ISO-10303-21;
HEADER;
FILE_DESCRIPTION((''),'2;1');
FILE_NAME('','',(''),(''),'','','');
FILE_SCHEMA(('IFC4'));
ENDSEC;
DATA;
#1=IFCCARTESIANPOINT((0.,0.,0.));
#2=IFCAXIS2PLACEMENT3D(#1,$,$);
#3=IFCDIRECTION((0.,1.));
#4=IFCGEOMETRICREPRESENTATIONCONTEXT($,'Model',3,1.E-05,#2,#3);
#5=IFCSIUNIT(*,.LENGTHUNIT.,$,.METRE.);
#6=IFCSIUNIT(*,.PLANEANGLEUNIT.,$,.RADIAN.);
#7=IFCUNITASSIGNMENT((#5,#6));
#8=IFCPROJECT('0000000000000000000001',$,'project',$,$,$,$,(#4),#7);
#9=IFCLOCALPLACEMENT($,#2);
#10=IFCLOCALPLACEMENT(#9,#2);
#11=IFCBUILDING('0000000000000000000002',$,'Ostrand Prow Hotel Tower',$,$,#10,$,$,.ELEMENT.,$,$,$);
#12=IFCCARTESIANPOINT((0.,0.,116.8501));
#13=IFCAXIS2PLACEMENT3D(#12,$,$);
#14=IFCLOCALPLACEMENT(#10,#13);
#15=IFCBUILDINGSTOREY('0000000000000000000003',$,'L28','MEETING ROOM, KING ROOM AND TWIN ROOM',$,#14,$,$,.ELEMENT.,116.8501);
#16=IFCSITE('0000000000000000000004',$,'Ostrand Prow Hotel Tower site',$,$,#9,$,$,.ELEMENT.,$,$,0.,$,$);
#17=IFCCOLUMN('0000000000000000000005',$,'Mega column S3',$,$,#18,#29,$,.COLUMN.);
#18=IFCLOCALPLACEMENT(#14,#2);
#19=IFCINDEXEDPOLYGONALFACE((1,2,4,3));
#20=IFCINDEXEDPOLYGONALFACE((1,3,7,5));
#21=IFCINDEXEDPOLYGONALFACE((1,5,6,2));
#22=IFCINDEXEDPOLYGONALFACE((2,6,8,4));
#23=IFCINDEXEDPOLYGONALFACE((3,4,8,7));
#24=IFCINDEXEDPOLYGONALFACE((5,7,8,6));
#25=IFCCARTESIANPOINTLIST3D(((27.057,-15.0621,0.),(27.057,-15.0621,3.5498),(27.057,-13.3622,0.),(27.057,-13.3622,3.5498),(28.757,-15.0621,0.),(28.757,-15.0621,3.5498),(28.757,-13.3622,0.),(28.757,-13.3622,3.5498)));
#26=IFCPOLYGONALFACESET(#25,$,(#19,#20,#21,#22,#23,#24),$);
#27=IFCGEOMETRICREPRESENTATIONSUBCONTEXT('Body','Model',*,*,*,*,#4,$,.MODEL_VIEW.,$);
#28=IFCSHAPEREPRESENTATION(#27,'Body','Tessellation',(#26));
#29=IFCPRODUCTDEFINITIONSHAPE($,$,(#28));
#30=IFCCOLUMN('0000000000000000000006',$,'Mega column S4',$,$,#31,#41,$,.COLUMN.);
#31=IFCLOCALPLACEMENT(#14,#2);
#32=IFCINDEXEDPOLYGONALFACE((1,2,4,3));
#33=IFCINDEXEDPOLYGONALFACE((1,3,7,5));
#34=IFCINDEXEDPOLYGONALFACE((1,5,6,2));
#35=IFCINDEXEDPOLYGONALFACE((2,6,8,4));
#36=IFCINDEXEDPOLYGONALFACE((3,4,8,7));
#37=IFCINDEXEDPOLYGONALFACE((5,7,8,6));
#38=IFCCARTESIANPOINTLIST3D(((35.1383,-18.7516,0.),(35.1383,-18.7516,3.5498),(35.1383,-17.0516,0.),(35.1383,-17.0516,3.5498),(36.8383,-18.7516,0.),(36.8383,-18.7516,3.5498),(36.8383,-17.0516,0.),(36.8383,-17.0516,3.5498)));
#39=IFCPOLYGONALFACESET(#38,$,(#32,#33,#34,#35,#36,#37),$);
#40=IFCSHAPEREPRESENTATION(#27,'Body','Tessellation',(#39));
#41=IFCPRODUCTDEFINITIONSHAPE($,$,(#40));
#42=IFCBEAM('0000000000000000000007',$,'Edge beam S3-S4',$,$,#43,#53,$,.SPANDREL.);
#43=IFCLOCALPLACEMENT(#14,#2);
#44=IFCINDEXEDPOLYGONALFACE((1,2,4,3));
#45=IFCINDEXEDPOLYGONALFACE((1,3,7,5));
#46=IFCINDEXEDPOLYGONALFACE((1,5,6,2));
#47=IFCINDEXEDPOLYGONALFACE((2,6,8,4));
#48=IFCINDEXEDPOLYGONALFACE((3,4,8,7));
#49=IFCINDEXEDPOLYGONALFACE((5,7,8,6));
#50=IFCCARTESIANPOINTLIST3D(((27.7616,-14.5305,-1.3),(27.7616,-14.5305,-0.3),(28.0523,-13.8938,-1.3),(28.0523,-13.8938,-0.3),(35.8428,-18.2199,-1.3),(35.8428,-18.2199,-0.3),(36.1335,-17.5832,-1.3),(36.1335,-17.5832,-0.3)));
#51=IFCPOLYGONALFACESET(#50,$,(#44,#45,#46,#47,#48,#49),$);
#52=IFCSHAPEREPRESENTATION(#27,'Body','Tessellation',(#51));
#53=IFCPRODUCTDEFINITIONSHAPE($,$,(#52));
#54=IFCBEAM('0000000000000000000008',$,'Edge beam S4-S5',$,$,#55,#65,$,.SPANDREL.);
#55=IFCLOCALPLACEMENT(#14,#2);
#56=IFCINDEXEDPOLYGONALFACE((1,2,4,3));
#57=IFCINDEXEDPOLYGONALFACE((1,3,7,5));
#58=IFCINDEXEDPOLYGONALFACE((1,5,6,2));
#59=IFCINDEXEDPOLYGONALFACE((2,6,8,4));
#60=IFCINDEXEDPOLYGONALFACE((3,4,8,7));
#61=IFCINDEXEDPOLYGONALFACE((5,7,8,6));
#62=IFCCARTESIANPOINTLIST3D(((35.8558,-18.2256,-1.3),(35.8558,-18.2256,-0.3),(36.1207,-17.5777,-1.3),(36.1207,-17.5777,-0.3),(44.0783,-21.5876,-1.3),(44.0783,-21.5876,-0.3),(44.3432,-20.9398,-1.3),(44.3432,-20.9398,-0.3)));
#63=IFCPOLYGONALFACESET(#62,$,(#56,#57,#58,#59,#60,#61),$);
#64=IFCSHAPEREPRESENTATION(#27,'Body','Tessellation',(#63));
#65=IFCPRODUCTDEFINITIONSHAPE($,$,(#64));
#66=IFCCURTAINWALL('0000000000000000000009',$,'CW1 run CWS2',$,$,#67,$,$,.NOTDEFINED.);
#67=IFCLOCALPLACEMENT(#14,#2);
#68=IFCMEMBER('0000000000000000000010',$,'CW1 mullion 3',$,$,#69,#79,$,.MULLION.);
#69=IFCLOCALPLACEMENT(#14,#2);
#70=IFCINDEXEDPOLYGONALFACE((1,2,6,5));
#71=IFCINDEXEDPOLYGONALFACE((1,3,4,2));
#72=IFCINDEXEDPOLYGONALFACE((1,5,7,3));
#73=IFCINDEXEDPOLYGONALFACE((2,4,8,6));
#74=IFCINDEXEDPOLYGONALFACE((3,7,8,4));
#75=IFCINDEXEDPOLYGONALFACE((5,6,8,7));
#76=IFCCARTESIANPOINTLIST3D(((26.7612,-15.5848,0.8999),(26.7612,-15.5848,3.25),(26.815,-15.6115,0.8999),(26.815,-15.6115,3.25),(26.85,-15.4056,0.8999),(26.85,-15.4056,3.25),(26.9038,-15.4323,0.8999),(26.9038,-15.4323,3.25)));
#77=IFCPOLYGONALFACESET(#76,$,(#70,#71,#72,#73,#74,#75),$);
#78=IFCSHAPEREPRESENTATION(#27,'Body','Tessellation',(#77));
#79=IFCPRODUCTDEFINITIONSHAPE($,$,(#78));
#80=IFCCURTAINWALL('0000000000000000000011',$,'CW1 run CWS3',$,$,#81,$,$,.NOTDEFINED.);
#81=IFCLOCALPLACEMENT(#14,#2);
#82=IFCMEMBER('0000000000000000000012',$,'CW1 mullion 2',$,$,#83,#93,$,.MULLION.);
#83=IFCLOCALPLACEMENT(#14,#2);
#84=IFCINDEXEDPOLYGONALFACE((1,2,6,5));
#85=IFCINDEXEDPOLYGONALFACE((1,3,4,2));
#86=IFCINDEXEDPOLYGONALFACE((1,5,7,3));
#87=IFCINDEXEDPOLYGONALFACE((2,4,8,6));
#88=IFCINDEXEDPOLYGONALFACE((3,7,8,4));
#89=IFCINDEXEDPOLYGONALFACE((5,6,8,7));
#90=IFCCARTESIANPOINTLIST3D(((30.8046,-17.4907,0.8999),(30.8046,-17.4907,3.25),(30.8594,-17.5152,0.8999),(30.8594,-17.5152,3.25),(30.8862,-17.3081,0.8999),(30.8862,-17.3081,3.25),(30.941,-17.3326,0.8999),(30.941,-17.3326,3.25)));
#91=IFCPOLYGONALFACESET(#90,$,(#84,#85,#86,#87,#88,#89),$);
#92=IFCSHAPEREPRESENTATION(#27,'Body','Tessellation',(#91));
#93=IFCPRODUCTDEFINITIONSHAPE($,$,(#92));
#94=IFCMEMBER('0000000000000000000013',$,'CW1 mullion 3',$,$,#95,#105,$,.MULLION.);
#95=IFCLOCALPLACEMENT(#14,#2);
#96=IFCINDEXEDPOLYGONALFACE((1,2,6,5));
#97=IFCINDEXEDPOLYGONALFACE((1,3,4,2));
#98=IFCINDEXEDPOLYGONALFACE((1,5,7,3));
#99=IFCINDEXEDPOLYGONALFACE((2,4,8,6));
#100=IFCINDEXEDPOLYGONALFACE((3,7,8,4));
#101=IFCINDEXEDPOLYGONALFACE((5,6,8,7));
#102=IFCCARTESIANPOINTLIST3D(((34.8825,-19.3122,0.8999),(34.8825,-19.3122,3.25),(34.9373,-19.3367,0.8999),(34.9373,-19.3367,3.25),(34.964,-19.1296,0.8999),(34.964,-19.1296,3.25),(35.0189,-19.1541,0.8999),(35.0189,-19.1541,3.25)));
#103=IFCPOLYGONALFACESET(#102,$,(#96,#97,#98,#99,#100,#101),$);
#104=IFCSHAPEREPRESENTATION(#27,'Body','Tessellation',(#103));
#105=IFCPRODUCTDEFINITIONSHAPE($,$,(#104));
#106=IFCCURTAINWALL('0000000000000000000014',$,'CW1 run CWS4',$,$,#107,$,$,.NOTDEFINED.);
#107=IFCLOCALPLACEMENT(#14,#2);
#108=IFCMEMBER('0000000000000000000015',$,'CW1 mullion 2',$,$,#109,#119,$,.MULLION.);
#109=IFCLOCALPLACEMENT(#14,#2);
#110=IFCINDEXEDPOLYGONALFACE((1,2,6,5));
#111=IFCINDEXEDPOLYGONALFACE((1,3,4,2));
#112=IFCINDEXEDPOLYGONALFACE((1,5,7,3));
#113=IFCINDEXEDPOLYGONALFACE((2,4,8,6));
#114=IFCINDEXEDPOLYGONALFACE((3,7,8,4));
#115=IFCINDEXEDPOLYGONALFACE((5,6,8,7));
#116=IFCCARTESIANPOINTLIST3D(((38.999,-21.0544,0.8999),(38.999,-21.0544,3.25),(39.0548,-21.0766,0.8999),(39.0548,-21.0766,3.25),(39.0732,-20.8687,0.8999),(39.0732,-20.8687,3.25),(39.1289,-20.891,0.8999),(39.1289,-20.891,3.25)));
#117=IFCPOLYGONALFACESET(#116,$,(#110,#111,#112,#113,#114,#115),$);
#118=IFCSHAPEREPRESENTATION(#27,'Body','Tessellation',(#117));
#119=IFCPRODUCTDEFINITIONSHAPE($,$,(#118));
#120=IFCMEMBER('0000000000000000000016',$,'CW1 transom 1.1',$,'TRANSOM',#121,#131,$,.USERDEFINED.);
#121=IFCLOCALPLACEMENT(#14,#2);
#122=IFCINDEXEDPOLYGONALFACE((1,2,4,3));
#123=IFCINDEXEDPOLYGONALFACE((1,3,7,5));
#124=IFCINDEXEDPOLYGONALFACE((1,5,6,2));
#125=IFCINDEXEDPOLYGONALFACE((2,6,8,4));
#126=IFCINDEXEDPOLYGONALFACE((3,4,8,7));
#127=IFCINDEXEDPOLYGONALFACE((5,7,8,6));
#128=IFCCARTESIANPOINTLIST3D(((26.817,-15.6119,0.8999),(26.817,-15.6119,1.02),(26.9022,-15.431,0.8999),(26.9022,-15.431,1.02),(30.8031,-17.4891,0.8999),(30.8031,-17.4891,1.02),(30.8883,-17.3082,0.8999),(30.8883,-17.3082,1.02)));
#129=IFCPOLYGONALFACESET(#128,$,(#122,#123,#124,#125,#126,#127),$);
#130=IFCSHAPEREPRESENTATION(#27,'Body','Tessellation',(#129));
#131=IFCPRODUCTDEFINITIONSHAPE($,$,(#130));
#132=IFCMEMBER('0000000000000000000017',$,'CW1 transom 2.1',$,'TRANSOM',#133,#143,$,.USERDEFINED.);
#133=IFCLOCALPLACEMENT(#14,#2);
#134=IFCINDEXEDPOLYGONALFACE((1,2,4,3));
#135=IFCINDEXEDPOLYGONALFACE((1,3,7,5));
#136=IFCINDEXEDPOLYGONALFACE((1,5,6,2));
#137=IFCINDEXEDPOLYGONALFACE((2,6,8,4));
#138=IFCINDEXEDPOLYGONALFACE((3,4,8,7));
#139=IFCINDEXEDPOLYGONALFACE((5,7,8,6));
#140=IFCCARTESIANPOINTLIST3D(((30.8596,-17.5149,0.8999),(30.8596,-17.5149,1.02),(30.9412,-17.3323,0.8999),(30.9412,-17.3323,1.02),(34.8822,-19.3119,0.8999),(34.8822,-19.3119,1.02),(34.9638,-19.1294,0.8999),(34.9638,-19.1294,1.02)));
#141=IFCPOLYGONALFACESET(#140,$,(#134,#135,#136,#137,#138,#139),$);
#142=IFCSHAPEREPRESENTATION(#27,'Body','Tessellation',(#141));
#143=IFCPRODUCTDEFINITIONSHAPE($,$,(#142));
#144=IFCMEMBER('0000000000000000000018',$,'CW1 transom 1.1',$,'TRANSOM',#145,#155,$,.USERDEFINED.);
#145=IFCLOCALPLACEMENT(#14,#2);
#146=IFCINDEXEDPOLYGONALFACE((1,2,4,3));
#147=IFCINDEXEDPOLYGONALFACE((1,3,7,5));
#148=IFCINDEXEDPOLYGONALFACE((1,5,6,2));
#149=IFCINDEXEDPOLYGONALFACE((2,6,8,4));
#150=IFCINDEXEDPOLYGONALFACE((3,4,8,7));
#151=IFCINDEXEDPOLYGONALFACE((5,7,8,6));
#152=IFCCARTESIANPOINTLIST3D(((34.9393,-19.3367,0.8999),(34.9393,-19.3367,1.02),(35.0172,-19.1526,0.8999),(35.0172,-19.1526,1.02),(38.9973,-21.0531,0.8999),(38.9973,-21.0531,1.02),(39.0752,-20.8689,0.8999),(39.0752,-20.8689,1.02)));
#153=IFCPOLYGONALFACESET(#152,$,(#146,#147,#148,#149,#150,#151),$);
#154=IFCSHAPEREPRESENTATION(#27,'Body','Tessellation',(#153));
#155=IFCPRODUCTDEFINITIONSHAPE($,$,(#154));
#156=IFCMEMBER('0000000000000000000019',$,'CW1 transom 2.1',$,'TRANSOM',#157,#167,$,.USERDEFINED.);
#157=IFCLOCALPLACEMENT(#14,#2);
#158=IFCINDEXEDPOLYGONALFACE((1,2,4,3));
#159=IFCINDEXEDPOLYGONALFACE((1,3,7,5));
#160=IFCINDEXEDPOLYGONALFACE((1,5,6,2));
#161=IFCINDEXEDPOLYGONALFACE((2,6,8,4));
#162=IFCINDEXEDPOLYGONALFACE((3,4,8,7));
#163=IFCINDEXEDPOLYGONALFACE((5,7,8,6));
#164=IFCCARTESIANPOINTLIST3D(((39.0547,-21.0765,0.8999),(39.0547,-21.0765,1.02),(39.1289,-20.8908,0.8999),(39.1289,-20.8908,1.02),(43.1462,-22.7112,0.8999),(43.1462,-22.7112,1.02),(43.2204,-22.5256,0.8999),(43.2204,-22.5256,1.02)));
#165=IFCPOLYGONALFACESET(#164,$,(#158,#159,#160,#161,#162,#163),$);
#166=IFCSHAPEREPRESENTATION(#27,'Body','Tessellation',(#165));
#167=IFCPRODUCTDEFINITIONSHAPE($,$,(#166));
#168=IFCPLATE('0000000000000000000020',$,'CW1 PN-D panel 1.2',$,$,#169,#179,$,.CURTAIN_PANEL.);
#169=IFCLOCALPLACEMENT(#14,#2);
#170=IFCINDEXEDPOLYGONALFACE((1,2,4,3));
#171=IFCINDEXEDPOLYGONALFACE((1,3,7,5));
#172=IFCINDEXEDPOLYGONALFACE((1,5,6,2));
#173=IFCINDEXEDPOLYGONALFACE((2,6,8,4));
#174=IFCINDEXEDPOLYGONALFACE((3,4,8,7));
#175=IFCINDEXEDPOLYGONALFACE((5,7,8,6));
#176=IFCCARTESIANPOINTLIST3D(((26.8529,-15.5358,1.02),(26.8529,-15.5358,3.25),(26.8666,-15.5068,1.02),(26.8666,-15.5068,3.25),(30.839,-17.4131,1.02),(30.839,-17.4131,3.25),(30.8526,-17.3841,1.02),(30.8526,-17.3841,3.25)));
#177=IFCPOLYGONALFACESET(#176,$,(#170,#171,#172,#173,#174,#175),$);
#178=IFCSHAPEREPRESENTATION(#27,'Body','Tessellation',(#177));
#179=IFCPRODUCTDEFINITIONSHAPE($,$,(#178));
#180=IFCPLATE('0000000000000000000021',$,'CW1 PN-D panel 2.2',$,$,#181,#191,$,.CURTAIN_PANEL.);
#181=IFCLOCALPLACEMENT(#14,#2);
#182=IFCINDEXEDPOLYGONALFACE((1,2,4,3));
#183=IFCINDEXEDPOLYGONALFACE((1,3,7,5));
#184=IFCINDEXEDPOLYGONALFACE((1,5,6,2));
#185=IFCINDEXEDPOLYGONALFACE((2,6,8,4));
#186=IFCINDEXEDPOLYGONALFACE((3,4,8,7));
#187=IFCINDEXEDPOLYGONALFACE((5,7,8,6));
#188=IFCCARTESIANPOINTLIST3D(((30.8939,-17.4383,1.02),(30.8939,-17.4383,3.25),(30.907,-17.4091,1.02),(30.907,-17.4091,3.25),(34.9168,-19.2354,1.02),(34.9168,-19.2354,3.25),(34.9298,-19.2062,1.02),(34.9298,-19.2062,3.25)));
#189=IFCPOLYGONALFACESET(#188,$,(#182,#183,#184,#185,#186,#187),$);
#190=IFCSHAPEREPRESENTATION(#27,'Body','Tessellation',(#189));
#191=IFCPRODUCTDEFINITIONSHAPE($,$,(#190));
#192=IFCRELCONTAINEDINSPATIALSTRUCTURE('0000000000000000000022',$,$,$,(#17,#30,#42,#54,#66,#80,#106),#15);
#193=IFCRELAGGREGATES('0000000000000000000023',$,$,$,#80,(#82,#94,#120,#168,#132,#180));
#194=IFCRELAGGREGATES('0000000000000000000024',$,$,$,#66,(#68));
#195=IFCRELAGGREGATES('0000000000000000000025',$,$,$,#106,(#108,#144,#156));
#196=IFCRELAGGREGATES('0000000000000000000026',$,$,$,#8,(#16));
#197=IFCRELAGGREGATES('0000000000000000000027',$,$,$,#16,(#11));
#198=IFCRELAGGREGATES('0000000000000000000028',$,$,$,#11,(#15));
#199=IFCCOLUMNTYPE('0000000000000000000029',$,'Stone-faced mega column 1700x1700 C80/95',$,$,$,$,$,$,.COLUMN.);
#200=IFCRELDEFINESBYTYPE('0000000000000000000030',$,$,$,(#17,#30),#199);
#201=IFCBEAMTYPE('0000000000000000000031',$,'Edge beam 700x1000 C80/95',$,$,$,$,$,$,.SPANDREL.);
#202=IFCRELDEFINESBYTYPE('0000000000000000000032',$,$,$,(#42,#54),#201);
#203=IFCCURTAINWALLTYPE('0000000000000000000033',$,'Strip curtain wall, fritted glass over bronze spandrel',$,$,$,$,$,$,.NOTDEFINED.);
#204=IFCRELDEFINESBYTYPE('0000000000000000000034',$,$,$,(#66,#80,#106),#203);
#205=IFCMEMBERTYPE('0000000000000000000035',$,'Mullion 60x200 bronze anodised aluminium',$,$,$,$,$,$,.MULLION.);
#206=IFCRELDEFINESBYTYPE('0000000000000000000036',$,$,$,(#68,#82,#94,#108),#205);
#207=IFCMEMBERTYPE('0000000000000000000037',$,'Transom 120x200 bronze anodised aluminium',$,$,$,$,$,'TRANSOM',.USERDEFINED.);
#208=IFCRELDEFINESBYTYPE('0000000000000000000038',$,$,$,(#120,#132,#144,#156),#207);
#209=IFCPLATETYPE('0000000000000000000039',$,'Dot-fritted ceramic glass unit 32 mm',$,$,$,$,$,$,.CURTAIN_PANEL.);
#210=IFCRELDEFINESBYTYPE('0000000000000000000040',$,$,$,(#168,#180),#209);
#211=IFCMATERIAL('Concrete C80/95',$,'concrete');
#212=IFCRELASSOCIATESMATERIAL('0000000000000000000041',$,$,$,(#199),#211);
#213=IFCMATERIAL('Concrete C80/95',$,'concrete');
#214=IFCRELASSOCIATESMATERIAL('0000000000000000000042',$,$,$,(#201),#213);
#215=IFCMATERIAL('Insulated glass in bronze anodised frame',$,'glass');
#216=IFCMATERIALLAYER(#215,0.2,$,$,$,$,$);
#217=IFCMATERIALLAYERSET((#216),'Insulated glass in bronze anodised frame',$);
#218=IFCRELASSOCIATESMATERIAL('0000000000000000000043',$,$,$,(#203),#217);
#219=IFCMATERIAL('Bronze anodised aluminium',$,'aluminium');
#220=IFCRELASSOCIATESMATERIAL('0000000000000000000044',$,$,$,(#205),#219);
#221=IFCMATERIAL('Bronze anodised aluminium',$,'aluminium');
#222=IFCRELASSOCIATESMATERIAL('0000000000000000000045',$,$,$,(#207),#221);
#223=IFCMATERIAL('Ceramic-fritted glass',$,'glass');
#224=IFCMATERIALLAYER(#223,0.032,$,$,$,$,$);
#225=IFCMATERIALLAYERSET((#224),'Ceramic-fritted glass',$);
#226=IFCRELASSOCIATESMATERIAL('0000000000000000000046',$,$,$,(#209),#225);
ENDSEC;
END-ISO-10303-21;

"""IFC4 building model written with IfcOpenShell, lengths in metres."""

from ifc_helpers import new_model, si_unit, direction, frame, origin, origin_2d, place, context, subcontext, project, spatial, rectangle, extrude, material, layer, layer_set, material_profile, profile_set, type_object, element, aggregate, save


model = new_model("IFC4")

# Units and contexts
model_context = context("Model", 3, precision=1e-05, world=origin(), true_north=direction((0.0, 1.0)))
body_context = subcontext(model_context, "Body", "Model", "MODEL_VIEW")
ifc_project = project(units=[si_unit("LENGTHUNIT", "METRE"), si_unit("PLANEANGLEUNIT", "RADIAN")], contexts=[model_context])

# Site, building, storey
site_placement = place(None, origin())
site = spatial("IfcSite", under=ifc_project, at=site_placement, Name="Ostrand Prow Hotel Tower site", CompositionType="ELEMENT", RefElevation=0.0)
building_placement = place(site_placement, origin())
building = spatial("IfcBuilding", under=site, at=building_placement, Name="Ostrand Prow Hotel Tower", CompositionType="ELEMENT")
storey_placement = place(building_placement, frame((0.0, 0.0, 116.8501)))
storey = spatial("IfcBuildingStorey", under=building, at=storey_placement, Name="L28", Description="MEETING ROOM, KING ROOM AND TWIN ROOM", CompositionType="ELEMENT", Elevation=116.8501)

# Columns
ifc_material_1 = material(Name="Concrete C80/95", Category="concrete")
ifc_material_profile_1 = material_profile(ifc_material_1, rectangle(XDim=1.7, YDim=1.7, at=origin_2d()), Name="RC 1700x1700")
ifc_profile_set_1 = profile_set([ifc_material_profile_1], Name="Concrete C80/95")
column_type = type_object("IfcColumnType", Name="Stone-faced mega column 1700x1700 C80/95", PredefinedType="COLUMN", material=ifc_profile_set_1)
for number, where, z_axis, x_axis, name in (
    (1, (27.907, -14.2122, 0.0), (0.0, 0.0, 1.0), (1.0, 0.0, 0.0), "Mega column S3"),
    (2, (35.9883, -17.9016, 0.0), (0.0, 0.0, 1.0), (1.0, 0.0, 0.0), "Mega column S4"),
):
    element("IfcColumn", number, at=place(storey_placement, frame(where, z_axis=z_axis, x_axis=x_axis)), inside=storey, type_object=column_type, Name=name, PredefinedType="COLUMN", context=body_context, shape_type="SweptSolid", body=[
        extrude(rectangle(XDim=1.7, YDim=1.7, at=origin_2d()), origin(), (0.0, 0.0, 1.0), 3.5498),
    ])

# Beams
ifc_material_2 = material(Name="Concrete C80/95", Category="concrete")
ifc_material_profile_2 = material_profile(ifc_material_2, rectangle(XDim=0.7, YDim=1.0, at=origin_2d()), Name="RC 700x1000")
ifc_profile_set_2 = profile_set([ifc_material_profile_2], Name="Concrete C80/95")
beam_type = type_object("IfcBeamType", Name="Edge beam 700x1000 C80/95", PredefinedType="SPANDREL", material=ifc_profile_set_2)
beam_1_placement = place(storey_placement, frame((27.907, -14.2122, -0.8), z_axis=(0.909681, -0.415308, 0.0), x_axis=(0.415308, 0.909681, 0.0)))
element("IfcBeam", 3, at=beam_1_placement, inside=storey, type_object=beam_type, Name="Edge beam S3-S4", PredefinedType="SPANDREL", context=body_context, shape_type="SweptSolid", body=[
    extrude(rectangle(XDim=0.7, YDim=1.0, at=origin_2d()), origin(), (0.0, 0.0, 1.0), 8.8835),
])
beam_2_placement = place(storey_placement, frame((35.9883, -17.9016, -0.8), z_axis=(0.925612, -0.378473, 0.0), x_axis=(0.378473, 0.925612, 0.0)))
element("IfcBeam", 4, at=beam_2_placement, inside=storey, type_object=beam_type, Name="Edge beam S4-S5", PredefinedType="SPANDREL", context=body_context, shape_type="SweptSolid", body=[
    extrude(rectangle(XDim=0.7, YDim=1.0, at=origin_2d()), origin(), (0.0, 0.0, 1.0), 8.8833),
])

# Curtain wall, member
ifc_material_3 = material(Name="Insulated glass in bronze anodised frame", Category="glass")
ifc_layer_1 = layer(ifc_material_3, 0.2)
ifc_layer_set_1 = layer_set([ifc_layer_1], Name="Insulated glass in bronze anodised frame")
curtain_wall_type = type_object("IfcCurtainWallType", Name="Strip curtain wall, fritted glass over bronze spandrel", PredefinedType="NOTDEFINED", material=ifc_layer_set_1)
curtain_wall_1_placement = place(storey_placement, origin())
curtain_wall_1 = element("IfcCurtainWall", 5, at=curtain_wall_1_placement, inside=storey, type_object=curtain_wall_type, Name="CW1 run CWS2", PredefinedType="NOTDEFINED")
ifc_material_4 = material(Name="Bronze anodised aluminium", Category="aluminium")
ifc_material_profile_3 = material_profile(ifc_material_4, rectangle(XDim=0.2, YDim=0.0601, at=origin_2d()), Name="Mullion 60x200 bronze anodised aluminium")
ifc_profile_set_3 = profile_set([ifc_material_profile_3], Name="Bronze anodised aluminium")
member_type_1 = type_object("IfcMemberType", Name="Mullion 60x200 bronze anodised aluminium", PredefinedType="MULLION", material=ifc_profile_set_3)
member_1_placement = place(storey_placement, frame((26.8325, -15.5085, 0.8999), z_axis=(0.0, 0.0, 1.0), x_axis=(0.444113, 0.895971, 0.0)))
member_1 = element("IfcMember", 6, at=member_1_placement, type_object=member_type_1, Name="CW1 mullion 3", PredefinedType="MULLION", context=body_context, shape_type="SweptSolid", body=[
    extrude(rectangle(XDim=0.2, YDim=0.0601, at=origin_2d()), origin(), (0.0, 0.0, 1.0), 2.3501),
])

# Curtain wall, members
curtain_wall_2_placement = place(storey_placement, origin())
curtain_wall_2 = element("IfcCurtainWall", 7, at=curtain_wall_2_placement, inside=storey, type_object=curtain_wall_type, Name="CW1 run CWS3", PredefinedType="NOTDEFINED")
member_2_placement = place(storey_placement, frame((30.8728, -17.4116, 0.8999), z_axis=(0.0, 0.0, 1.0), x_axis=(0.407875, 0.913038, 0.0)))
member_2 = element("IfcMember", 8, at=member_2_placement, type_object=member_type_1, Name="CW1 mullion 2", PredefinedType="MULLION", context=body_context, shape_type="SweptSolid", body=[
    extrude(rectangle(XDim=0.2, YDim=0.0601, at=origin_2d()), origin(), (0.0, 0.0, 1.0), 2.3501),
])
member_3_placement = place(storey_placement, frame((34.9507, -19.2332, 0.8999), z_axis=(0.0, 0.0, 1.0), x_axis=(0.407875, 0.913038, 0.0)))
member_3 = element("IfcMember", 9, at=member_3_placement, type_object=member_type_1, Name="CW1 mullion 3", PredefinedType="MULLION", context=body_context, shape_type="SweptSolid", body=[
    extrude(rectangle(XDim=0.2, YDim=0.0601, at=origin_2d()), origin(), (0.0, 0.0, 1.0), 2.3501),
])

# Curtain wall, member
curtain_wall_3_placement = place(storey_placement, origin())
curtain_wall_3 = element("IfcCurtainWall", 10, at=curtain_wall_3_placement, inside=storey, type_object=curtain_wall_type, Name="CW1 run CWS4", PredefinedType="NOTDEFINED")
member_4_placement = place(storey_placement, frame((39.064, -20.9727, 0.8999), z_axis=(0.0, 0.0, 1.0), x_axis=(0.370982, 0.92864, 0.0)))
member_4 = element("IfcMember", 11, at=member_4_placement, type_object=member_type_1, Name="CW1 mullion 2", PredefinedType="MULLION", context=body_context, shape_type="SweptSolid", body=[
    extrude(rectangle(XDim=0.2, YDim=0.0601, at=origin_2d()), origin(), (0.0, 0.0, 1.0), 2.3501),
])

# Members
ifc_material_5 = material(Name="Bronze anodised aluminium", Category="aluminium")
ifc_material_profile_4 = material_profile(ifc_material_5, rectangle(XDim=0.2, YDim=0.1201, at=origin_2d()), Name="Transom 120x200 bronze anodised aluminium")
ifc_profile_set_4 = profile_set([ifc_material_profile_4], Name="Bronze anodised aluminium")
member_type_2 = type_object("IfcMemberType", Name="Transom 120x200 bronze anodised aluminium", ElementType="TRANSOM", PredefinedType="USERDEFINED", material=ifc_profile_set_4)
member_5_placement = place(storey_placement, frame((26.8596, -15.5215, 0.96), z_axis=(0.904697, -0.426056, 0.0), x_axis=(0.426056, 0.904697, 0.0)))
member_5 = element("IfcMember", 12, at=member_5_placement, type_object=member_type_2, Name="CW1 transom 1.1", ObjectType="TRANSOM", PredefinedType="USERDEFINED", context=body_context, shape_type="SweptSolid", body=[
    extrude(rectangle(XDim=0.2, YDim=0.1201, at=origin_2d()), origin(), (0.0, 0.0, 1.0), 4.406),
])
member_6_placement = place(storey_placement, frame((30.9004, -17.4236, 0.96), z_axis=(0.913031, -0.407891, 0.0), x_axis=(0.407891, 0.913031, 0.0)))
member_6 = element("IfcMember", 13, at=member_6_placement, type_object=member_type_2, Name="CW1 transom 2.1", ObjectType="TRANSOM", PredefinedType="USERDEFINED", context=body_context, shape_type="SweptSolid", body=[
    extrude(rectangle(XDim=0.2, YDim=0.1201, at=origin_2d()), origin(), (0.0, 0.0, 1.0), 4.4058),
])
member_7_placement = place(storey_placement, frame((34.9783, -19.2446, 0.96), z_axis=(0.921006, -0.389548, 0.0), x_axis=(0.389548, 0.921006, 0.0)))
member_7 = element("IfcMember", 14, at=member_7_placement, type_object=member_type_2, Name="CW1 transom 1.1", ObjectType="TRANSOM", PredefinedType="USERDEFINED", context=body_context, shape_type="SweptSolid", body=[
    extrude(rectangle(XDim=0.2, YDim=0.1201, at=origin_2d()), origin(), (0.0, 0.0, 1.0), 4.406),
])
member_8_placement = place(storey_placement, frame((39.0918, -20.9836, 0.96), z_axis=(0.928622, -0.371028, 0.0), x_axis=(0.371028, 0.928622, 0.0)))
member_8 = element("IfcMember", 15, at=member_8_placement, type_object=member_type_2, Name="CW1 transom 2.1", ObjectType="TRANSOM", PredefinedType="USERDEFINED", context=body_context, shape_type="SweptSolid", body=[
    extrude(rectangle(XDim=0.2, YDim=0.1201, at=origin_2d()), origin(), (0.0, 0.0, 1.0), 4.406),
])

# Plates
ifc_material_6 = material(Name="Ceramic-fritted glass", Category="glass")
ifc_layer_2 = layer(ifc_material_6, 0.032)
ifc_layer_set_2 = layer_set([ifc_layer_2], Name="Ceramic-fritted glass")
plate_type_1 = type_object("IfcPlateType", Name="Dot-fritted ceramic glass unit 32 mm", PredefinedType="CURTAIN_PANEL", material=ifc_layer_set_2)
plate_1_placement = place(storey_placement, frame((28.8528, -16.46, 1.02), z_axis=(0.0, 0.0, 1.0), x_axis=(0.904686, -0.426079, 0.0)))
plate_1 = element("IfcPlate", 16, at=plate_1_placement, type_object=plate_type_1, Name="CW1 PN-D panel 1.2", PredefinedType="CURTAIN_PANEL", context=body_context, shape_type="SweptSolid", body=[
    extrude(rectangle(XDim=4.406, YDim=0.032, at=origin_2d()), origin(), (0.0, 0.0, 1.0), 2.23),
])
plate_2_placement = place(storey_placement, frame((32.9119, -18.3223, 1.02), z_axis=(0.0, 0.0, 1.0), x_axis=(0.913038, -0.407875, 0.0)))
plate_2 = element("IfcPlate", 17, at=plate_2_placement, type_object=plate_type_1, Name="CW1 PN-D panel 2.2", PredefinedType="CURTAIN_PANEL", context=body_context, shape_type="SweptSolid", body=[
    extrude(rectangle(XDim=4.406, YDim=0.032, at=origin_2d()), origin(), (0.0, 0.0, 1.0), 2.23),
])
aggregate(curtain_wall_2, [member_2, member_3, member_5, plate_1, member_6, plate_2])
aggregate(curtain_wall_1, [member_1])
aggregate(curtain_wall_3, [member_4, member_7, member_8])

save(model, "model.ifc")
